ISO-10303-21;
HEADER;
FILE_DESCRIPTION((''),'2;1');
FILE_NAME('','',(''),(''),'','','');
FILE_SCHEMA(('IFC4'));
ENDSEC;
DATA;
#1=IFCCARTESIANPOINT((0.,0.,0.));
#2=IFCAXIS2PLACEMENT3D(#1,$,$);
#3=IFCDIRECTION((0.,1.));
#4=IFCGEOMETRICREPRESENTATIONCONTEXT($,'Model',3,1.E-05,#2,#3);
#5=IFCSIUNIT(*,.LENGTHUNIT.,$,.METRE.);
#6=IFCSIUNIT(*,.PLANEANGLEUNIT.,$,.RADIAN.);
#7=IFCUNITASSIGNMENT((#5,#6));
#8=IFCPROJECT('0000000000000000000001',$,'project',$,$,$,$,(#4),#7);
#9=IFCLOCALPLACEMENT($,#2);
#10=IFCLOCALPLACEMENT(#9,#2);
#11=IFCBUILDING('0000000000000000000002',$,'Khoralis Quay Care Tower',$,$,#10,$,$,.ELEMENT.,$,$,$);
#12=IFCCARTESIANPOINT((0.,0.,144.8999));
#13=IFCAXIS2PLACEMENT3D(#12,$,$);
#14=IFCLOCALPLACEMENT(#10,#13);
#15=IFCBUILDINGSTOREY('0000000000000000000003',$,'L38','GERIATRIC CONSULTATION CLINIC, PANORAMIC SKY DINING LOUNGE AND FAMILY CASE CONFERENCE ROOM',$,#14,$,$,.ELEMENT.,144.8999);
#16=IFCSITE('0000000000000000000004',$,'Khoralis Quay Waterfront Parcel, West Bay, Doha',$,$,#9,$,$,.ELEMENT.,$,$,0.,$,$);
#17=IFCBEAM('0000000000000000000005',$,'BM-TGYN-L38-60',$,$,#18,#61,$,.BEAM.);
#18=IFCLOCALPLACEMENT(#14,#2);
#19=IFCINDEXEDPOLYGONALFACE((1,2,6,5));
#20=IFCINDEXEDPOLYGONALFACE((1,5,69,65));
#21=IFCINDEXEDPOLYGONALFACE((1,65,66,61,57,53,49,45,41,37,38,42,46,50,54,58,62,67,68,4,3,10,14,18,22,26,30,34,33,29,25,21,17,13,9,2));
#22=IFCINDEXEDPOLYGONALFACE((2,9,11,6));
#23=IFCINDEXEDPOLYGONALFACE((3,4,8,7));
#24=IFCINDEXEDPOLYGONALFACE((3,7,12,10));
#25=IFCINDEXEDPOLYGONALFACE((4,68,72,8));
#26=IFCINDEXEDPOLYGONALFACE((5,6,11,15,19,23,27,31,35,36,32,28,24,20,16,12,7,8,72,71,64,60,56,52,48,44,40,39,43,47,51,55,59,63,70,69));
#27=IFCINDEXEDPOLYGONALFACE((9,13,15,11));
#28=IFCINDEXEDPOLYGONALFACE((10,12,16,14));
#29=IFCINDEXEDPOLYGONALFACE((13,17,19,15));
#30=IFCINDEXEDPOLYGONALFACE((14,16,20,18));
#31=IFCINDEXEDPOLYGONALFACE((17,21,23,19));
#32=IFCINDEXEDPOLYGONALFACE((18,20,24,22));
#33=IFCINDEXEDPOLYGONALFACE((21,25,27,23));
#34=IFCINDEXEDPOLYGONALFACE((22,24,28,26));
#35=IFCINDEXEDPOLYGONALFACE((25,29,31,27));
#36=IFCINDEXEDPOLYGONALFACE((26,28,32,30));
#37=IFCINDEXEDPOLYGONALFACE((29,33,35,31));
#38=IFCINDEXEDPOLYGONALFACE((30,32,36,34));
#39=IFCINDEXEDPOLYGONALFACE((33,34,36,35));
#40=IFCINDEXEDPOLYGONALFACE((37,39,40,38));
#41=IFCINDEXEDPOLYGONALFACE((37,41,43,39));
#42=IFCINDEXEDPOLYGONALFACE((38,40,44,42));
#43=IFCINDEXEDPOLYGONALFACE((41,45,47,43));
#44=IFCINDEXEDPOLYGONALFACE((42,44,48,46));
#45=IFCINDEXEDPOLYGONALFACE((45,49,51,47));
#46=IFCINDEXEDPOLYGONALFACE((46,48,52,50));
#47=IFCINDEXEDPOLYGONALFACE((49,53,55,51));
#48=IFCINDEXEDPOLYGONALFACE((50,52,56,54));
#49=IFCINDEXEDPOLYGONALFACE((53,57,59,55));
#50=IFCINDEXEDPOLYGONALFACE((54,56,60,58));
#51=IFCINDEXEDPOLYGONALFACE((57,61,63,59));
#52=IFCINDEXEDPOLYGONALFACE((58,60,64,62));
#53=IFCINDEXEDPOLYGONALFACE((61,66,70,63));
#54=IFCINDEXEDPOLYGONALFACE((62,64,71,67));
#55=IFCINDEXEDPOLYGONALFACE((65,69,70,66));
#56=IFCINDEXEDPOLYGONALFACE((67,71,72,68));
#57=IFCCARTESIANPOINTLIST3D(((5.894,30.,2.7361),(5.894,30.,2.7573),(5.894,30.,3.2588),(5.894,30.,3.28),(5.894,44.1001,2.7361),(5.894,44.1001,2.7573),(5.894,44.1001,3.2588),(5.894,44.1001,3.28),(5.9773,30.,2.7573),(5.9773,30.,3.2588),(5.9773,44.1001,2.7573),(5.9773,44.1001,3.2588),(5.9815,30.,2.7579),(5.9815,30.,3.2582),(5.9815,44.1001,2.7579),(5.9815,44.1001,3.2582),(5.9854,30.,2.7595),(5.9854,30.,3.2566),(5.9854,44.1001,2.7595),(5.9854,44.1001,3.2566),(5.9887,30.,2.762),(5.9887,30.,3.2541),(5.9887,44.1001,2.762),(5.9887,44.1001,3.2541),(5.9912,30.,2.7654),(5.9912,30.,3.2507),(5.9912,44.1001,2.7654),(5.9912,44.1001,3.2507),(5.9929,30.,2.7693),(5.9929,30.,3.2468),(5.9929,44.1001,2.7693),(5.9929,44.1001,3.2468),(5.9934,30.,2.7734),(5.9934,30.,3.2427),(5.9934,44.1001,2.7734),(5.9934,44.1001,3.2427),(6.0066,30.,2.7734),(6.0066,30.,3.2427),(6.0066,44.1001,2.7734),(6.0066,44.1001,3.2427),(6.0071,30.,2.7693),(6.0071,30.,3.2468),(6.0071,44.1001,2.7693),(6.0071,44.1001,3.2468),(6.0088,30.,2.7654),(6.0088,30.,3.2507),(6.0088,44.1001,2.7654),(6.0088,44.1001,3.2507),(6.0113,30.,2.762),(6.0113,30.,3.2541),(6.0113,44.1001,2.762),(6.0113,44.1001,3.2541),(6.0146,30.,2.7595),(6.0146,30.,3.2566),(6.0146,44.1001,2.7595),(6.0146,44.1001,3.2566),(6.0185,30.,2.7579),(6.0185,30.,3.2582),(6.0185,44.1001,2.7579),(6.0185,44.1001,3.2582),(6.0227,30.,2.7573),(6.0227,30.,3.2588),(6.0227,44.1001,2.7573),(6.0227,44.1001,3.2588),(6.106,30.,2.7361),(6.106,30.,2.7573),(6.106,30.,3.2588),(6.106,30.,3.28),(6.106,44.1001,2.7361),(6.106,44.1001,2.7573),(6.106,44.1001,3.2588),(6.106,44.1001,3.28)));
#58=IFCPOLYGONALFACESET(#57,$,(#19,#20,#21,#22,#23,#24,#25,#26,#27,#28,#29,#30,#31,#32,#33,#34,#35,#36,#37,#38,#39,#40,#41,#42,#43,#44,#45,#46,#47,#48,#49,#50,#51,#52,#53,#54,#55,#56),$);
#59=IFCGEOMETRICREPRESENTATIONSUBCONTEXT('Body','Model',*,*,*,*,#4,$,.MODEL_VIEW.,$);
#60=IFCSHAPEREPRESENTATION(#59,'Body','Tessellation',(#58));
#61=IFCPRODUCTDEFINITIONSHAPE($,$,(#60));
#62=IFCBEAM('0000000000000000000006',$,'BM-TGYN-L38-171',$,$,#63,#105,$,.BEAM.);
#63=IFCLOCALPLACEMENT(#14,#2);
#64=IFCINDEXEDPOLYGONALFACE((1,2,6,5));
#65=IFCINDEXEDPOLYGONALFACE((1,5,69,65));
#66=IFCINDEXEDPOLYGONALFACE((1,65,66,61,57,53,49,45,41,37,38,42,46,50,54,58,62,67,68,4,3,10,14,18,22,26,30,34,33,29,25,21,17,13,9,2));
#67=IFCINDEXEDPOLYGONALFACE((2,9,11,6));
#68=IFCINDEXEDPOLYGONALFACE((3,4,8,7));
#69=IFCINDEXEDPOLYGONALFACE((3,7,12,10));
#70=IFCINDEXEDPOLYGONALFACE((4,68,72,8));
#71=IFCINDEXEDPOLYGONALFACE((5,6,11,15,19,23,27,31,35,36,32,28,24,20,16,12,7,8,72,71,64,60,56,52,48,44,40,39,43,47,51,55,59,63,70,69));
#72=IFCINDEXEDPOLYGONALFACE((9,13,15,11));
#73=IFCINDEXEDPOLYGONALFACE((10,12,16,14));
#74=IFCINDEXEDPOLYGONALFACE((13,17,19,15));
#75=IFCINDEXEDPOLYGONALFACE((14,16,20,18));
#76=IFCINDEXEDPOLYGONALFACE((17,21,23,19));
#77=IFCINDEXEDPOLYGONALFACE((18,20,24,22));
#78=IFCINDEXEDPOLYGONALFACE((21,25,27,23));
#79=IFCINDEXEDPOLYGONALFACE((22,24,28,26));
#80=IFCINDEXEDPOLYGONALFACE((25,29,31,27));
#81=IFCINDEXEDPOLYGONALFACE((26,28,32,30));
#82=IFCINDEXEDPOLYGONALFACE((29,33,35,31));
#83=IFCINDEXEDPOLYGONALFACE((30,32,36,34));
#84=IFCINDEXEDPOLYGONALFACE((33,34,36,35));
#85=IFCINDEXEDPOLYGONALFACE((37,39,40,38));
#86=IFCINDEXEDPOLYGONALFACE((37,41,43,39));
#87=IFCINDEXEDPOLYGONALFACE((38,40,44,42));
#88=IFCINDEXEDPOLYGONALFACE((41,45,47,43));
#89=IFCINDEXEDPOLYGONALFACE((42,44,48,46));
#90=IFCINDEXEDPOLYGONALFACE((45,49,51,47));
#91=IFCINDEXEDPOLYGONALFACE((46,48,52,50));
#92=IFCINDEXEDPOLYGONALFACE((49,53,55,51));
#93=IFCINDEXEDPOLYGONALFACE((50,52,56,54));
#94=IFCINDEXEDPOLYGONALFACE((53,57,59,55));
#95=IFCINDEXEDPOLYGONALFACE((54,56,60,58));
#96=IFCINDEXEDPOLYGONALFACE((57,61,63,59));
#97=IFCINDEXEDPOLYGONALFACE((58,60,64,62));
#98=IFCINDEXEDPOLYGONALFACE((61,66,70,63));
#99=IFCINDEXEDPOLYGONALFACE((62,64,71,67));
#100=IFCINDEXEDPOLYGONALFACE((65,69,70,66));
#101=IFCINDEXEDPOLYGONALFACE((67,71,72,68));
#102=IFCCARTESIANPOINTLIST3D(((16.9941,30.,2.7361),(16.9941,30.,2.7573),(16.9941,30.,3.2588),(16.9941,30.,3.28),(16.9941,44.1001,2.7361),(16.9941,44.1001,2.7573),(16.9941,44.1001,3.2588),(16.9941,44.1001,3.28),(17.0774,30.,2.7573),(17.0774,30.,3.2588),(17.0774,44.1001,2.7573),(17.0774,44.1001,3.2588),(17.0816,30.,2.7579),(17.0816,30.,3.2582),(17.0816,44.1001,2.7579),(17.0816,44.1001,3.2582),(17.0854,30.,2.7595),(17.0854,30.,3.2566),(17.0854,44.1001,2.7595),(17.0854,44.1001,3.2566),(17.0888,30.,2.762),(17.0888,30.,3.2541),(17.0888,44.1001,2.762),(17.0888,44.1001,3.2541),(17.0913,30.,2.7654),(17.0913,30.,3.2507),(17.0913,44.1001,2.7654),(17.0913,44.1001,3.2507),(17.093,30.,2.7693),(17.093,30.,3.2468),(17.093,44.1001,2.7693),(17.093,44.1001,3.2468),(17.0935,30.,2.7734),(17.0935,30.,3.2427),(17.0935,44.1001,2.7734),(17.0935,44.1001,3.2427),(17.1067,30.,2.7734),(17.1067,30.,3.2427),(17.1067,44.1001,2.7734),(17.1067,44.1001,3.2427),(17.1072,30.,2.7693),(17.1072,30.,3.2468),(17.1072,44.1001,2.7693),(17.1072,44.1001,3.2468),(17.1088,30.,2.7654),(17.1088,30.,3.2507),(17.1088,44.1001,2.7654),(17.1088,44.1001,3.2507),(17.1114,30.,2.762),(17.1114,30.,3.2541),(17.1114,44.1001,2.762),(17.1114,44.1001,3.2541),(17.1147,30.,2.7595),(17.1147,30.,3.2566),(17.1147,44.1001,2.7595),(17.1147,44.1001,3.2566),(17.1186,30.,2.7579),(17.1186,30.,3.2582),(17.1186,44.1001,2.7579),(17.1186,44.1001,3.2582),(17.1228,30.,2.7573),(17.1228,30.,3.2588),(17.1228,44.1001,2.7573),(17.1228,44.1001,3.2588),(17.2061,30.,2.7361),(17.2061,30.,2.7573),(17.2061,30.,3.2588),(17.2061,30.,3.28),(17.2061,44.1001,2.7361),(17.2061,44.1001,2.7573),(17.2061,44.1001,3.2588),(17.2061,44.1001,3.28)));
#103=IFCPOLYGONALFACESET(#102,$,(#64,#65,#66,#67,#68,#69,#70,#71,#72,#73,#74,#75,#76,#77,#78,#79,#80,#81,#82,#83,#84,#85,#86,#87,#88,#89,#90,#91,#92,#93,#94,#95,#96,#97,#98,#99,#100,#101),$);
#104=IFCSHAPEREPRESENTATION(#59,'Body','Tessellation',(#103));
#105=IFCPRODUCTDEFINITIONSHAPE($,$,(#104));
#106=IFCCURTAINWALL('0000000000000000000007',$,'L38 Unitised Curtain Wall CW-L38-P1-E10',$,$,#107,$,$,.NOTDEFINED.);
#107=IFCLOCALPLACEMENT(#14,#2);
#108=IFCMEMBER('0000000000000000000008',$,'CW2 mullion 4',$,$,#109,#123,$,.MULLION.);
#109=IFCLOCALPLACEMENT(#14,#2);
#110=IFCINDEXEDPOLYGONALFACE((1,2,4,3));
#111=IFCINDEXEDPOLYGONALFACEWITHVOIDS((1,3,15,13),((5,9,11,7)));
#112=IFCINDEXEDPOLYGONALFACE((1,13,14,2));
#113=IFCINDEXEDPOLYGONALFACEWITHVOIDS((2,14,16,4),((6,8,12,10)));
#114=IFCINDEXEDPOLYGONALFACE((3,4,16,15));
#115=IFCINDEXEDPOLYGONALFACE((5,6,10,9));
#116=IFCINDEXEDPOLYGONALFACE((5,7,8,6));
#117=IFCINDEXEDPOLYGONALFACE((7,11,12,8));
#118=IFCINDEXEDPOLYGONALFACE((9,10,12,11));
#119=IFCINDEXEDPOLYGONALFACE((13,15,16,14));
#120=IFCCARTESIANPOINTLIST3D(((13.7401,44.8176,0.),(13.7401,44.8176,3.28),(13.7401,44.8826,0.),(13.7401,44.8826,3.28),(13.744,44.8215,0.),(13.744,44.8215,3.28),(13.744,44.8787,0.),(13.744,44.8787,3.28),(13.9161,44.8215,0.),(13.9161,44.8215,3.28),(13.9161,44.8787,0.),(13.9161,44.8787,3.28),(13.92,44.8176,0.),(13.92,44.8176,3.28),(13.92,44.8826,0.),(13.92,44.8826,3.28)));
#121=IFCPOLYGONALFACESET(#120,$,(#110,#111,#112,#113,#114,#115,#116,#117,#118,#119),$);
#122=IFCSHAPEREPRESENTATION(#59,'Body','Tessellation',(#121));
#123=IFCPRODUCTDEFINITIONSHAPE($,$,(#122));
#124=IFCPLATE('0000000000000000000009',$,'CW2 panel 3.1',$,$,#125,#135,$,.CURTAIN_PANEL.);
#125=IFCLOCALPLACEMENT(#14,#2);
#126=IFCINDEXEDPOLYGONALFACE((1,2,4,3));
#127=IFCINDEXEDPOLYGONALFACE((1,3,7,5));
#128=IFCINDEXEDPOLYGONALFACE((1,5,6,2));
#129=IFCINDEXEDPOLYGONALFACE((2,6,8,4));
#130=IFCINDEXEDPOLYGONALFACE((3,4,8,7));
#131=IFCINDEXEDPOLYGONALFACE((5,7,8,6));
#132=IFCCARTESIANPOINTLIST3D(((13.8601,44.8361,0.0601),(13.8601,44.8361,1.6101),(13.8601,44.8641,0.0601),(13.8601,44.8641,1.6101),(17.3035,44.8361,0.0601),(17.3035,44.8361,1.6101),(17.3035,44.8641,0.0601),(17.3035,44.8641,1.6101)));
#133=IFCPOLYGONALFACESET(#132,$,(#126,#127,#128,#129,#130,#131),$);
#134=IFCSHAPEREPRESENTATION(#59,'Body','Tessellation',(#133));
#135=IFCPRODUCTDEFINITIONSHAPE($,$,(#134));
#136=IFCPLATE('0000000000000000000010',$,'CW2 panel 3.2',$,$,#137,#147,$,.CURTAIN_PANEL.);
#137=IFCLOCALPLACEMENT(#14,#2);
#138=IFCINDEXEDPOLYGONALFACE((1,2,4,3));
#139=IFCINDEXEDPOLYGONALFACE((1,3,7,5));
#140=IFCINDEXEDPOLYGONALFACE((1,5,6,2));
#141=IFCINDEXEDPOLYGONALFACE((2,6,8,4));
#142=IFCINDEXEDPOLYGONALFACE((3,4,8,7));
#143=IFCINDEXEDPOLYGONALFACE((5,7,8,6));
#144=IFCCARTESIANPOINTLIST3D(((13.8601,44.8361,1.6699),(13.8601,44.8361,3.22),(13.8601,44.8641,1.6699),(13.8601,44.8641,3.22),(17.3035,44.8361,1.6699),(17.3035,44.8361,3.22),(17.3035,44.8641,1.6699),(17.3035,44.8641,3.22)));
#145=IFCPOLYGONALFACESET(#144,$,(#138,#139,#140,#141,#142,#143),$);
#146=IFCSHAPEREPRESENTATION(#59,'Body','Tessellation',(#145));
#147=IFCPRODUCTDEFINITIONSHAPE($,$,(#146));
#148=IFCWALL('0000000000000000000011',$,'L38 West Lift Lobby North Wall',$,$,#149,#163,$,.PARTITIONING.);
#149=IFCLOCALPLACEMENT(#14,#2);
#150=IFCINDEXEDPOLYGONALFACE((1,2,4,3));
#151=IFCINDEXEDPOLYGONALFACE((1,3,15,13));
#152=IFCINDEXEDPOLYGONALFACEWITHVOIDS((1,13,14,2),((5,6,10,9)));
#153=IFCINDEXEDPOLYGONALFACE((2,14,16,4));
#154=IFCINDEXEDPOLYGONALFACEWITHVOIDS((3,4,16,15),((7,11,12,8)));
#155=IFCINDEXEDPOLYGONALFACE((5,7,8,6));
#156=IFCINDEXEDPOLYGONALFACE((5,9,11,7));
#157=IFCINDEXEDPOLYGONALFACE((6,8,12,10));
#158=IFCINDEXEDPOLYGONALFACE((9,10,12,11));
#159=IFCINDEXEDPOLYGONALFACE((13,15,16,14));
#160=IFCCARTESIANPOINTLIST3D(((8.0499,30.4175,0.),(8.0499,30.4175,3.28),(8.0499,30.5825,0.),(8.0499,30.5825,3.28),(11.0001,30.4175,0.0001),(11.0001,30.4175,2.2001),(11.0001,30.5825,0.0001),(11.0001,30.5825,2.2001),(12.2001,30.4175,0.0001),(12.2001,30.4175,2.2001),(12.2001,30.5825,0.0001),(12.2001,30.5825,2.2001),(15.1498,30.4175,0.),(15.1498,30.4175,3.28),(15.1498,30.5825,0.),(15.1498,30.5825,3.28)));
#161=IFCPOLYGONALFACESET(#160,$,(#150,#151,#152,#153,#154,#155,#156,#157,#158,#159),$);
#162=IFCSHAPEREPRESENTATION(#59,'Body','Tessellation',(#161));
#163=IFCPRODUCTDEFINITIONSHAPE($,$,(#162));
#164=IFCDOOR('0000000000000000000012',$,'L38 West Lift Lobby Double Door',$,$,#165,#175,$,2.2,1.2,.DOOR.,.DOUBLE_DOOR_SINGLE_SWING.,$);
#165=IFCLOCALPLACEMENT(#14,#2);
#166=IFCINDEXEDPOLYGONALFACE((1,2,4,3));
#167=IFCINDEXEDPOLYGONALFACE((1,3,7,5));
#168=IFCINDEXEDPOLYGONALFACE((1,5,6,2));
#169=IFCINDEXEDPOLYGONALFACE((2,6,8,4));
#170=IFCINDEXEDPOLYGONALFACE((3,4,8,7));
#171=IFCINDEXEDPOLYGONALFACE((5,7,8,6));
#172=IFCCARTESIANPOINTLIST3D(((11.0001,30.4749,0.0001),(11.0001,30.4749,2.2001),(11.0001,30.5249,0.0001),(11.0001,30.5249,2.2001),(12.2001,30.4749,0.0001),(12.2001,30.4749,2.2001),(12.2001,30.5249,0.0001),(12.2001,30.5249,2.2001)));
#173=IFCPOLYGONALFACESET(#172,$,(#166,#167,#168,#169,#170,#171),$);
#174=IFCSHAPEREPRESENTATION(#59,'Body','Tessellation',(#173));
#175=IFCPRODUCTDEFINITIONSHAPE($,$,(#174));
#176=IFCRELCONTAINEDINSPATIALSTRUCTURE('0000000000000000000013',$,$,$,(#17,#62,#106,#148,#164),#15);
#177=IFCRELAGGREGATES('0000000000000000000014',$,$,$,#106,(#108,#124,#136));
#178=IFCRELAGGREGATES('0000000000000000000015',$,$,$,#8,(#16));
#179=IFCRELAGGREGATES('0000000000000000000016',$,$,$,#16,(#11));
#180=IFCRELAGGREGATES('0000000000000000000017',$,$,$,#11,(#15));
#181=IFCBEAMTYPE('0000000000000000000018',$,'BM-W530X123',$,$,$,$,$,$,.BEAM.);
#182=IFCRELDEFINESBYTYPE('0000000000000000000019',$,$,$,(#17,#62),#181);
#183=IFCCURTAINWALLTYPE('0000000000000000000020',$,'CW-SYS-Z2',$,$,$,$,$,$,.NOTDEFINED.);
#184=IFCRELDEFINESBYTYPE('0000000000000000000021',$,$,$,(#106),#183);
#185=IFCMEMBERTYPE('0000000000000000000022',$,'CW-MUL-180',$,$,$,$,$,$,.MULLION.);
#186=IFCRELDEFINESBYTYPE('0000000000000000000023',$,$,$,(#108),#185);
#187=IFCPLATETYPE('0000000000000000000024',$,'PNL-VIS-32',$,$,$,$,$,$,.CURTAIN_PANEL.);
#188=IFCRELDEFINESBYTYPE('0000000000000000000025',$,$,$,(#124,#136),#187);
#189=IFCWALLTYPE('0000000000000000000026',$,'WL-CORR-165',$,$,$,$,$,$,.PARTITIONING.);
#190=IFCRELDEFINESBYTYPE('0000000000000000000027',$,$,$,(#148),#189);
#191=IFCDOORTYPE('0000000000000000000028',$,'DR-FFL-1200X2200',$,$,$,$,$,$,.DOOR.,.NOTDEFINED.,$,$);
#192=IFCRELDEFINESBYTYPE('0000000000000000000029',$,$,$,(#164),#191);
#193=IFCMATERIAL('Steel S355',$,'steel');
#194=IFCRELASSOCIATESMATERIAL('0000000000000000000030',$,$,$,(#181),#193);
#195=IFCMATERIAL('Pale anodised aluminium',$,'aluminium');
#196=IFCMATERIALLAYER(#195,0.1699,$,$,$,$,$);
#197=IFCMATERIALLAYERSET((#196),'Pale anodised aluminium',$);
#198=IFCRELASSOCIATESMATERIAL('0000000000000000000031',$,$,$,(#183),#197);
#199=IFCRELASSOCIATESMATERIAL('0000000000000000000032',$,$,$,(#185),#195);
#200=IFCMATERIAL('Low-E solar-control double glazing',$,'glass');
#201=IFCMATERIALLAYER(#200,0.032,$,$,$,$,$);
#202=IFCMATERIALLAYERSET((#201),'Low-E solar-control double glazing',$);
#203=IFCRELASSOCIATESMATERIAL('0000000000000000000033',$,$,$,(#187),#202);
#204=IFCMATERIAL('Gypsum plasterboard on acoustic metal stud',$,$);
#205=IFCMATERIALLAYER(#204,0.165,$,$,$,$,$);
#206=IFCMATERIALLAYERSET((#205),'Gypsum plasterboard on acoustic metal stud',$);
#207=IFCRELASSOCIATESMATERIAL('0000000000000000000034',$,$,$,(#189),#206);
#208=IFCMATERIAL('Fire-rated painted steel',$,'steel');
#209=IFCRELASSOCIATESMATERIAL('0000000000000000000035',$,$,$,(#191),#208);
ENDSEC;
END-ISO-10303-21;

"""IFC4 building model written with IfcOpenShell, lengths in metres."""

from ifc_helpers import new_model, si_unit, direction, frame, frame_2d, origin, origin_2d, place, context, subcontext, project, spatial, rectangle, hollow_rectangle, i_section, extrude, source, transform, mapped, material, layer, layer_set, material_profile, profile_set, type_object, element, fill, aggregate, save


model = new_model("IFC4")

# Units and contexts
model_context = context("Model", 3, precision=1e-05, world=origin(), true_north=direction((0.0, 1.0)))
body_context = subcontext(model_context, "Body", "Model", "MODEL_VIEW")
ifc_project = project(units=[si_unit("LENGTHUNIT", "METRE"), si_unit("PLANEANGLEUNIT", "RADIAN")], contexts=[model_context])

# Site, building, storey
site_placement = place(None, origin())
site = spatial("IfcSite", under=ifc_project, at=site_placement, Name="Khoralis Quay Waterfront Parcel, West Bay, Doha", CompositionType="ELEMENT", RefElevation=0.0)
building_placement = place(site_placement, origin())
building = spatial("IfcBuilding", under=site, at=building_placement, Name="Khoralis Quay Care Tower", CompositionType="ELEMENT")
storey_placement = place(building_placement, frame((0.0, 0.0, 144.8999)))
storey = spatial("IfcBuildingStorey", under=building, at=storey_placement, Name="L38", Description="GERIATRIC CONSULTATION CLINIC, PANORAMIC SKY DINING LOUNGE AND FAMILY CASE CONFERENCE ROOM", CompositionType="ELEMENT", Elevation=144.8999)

# Beams
ifc_material_1 = material(Name="Steel S355", Category="steel")
ifc_material_profile_1 = material_profile(ifc_material_1, i_section(OverallWidth=0.2119, OverallDepth=0.5439, WebThickness=0.0132, FlangeThickness=0.0212, FilletRadius=0.0161, at=origin_2d()), Name="Steel S355")
ifc_profile_set_1 = profile_set([ifc_material_profile_1], Name="Steel S355")
beam_type_1 = type_object("IfcBeamType", Name="BM-W530X123", PredefinedType="BEAM", material=ifc_profile_set_1)
shared_shape_1 = source(origin(), body_context, "Body", "SweptSolid", [
    extrude(i_section(OverallWidth=0.2119, OverallDepth=0.5439, WebThickness=0.0132, FlangeThickness=0.0212, FilletRadius=0.0161, at=origin_2d()), origin(), (0.0, 0.0, 1.0), 14.1001),
])
for number, where, z_axis, x_axis, name in (
    (1, (6.0, 30.0, 3.0081), (0.0, 1.0, 0.0), (-1.0, 0.0, 0.0), "BM-TGYN-L38-60"),
    (2, (17.1001, 30.0, 3.0081), (0.0, 1.0, 0.0), (-1.0, 0.0, 0.0), "BM-TGYN-L38-171"),
):
    element("IfcBeam", number, at=place(storey_placement, frame(where, z_axis=z_axis, x_axis=x_axis)), inside=storey, type_object=beam_type_1, Name=name, PredefinedType="BEAM", context=body_context, shape_type="MappedRepresentation", body=[
        mapped(shared_shape_1, transform((0.0, 0.0, 0.0), scale=1.0)),
    ])

# Curtain wall, member, plates
ifc_material_2 = material(Name="Pale anodised aluminium", Category="aluminium")
ifc_layer_1 = layer(ifc_material_2, 0.1699)
ifc_layer_set_1 = layer_set([ifc_layer_1], Name="Pale anodised aluminium")
curtain_wall_type = type_object("IfcCurtainWallType", Name="CW-SYS-Z2", PredefinedType="NOTDEFINED", material=ifc_layer_set_1)
curtain_wall_placement = place(storey_placement, origin())
curtain_wall = element("IfcCurtainWall", 3, at=curtain_wall_placement, inside=storey, type_object=curtain_wall_type, Name="L38 Unitised Curtain Wall CW-L38-P1-E10", PredefinedType="NOTDEFINED")
ifc_material_profile_2 = material_profile(ifc_material_2, hollow_rectangle(XDim=0.0649, YDim=0.1799, WallThickness=0.0039, at=origin_2d()), Name="Pale anodised aluminium")
ifc_profile_set_2 = profile_set([ifc_material_profile_2], Name="Pale anodised aluminium")
member_type = type_object("IfcMemberType", Name="CW-MUL-180", PredefinedType="MULLION", material=ifc_profile_set_2)
shared_shape_2 = source(origin(), body_context, "Body", "SweptSolid", [
    extrude(hollow_rectangle(XDim=0.0649, YDim=0.1799, WallThickness=0.0039, at=origin_2d()), origin(), (0.0, 0.0, 1.0), 3.28),
])
member_placement = place(storey_placement, frame((13.8301, 44.8501, 0.0), z_axis=(0.0, 0.0, 1.0), x_axis=(0.0, -1.0, 0.0)))
member = element("IfcMember", 4, at=member_placement, type_object=member_type, Name="CW2 mullion 4", PredefinedType="MULLION", context=body_context, shape_type="MappedRepresentation", body=[
    mapped(shared_shape_2, transform((0.0, 0.0, 0.0), scale=1.0)),
])
ifc_material_3 = material(Name="Low-E solar-control double glazing", Category="glass")
ifc_layer_2 = layer(ifc_material_3, 0.032)
ifc_layer_set_2 = layer_set([ifc_layer_2], Name="Low-E solar-control double glazing")
plate_type = type_object("IfcPlateType", Name="PNL-VIS-32", PredefinedType="CURTAIN_PANEL", material=ifc_layer_set_2)
shared_shape_3 = source(origin(), body_context, "Body", "SweptSolid", [
    extrude(rectangle(XDim=3.4434, YDim=0.0281, at=origin_2d()), origin(), (0.0, 0.0, 1.0), 1.55),
])
plate_1_placement = place(storey_placement, frame((15.5818, 44.8501, 0.0601), z_axis=(0.0, 0.0, 1.0), x_axis=(-1.0, 0.0, 0.0)))
plate_1 = element("IfcPlate", 5, at=plate_1_placement, type_object=plate_type, Name="CW2 panel 3.1", PredefinedType="CURTAIN_PANEL", context=body_context, shape_type="MappedRepresentation", body=[
    mapped(shared_shape_3, transform((0.0, 0.0, 0.0), scale=1.0)),
])
plate_2_placement = place(storey_placement, frame((15.5818, 44.8501, 1.6699), z_axis=(0.0, 0.0, 1.0), x_axis=(-1.0, 0.0, 0.0)))
plate_2 = element("IfcPlate", 6, at=plate_2_placement, type_object=plate_type, Name="CW2 panel 3.2", PredefinedType="CURTAIN_PANEL", context=body_context, shape_type="MappedRepresentation", body=[
    mapped(shared_shape_3, transform((0.0, 0.0, 0.0), scale=1.0)),
])
aggregate(curtain_wall, [member, plate_1, plate_2])

# Wall, opening, door
ifc_material_4 = material(Name="Gypsum plasterboard on acoustic metal stud")
ifc_layer_3 = layer(ifc_material_4, 0.165)
ifc_layer_set_3 = layer_set([ifc_layer_3], Name="Gypsum plasterboard on acoustic metal stud")
wall_type_1 = type_object("IfcWallType", Name="WL-CORR-165", PredefinedType="PARTITIONING", material=ifc_layer_set_3)
wall_1_placement = place(storey_placement, frame((8.05, 30.5, 0.0), z_axis=(0.0, 0.0, 1.0), x_axis=(1.0, 0.0, 0.0)))
wall_1 = element("IfcWall", 7, at=wall_1_placement, inside=storey, type_object=wall_type_1, Name="L38 West Lift Lobby North Wall", PredefinedType="PARTITIONING", context=body_context, shape_type="SweptSolid", body=[
    extrude(rectangle(XDim=7.0999, YDim=0.165, at=frame_2d((3.5498, 0.0))), origin(), (0.0, 0.0, 1.0), 3.28),
])
opening_1_placement = place(wall_1_placement, frame((2.95, 0.0, 0.0)))
opening_1 = element("IfcOpeningElement", 8, at=opening_1_placement, cuts=wall_1, PredefinedType="OPENING", context=body_context, shape_type="SweptSolid", body=[
    extrude(rectangle(XDim=1.2, YDim=2.2, at=frame_2d((0.6001, 1.1001))), frame((0.0, 0.0925, 0.0), z_axis=(0.0, -1.0, 0.0), x_axis=(1.0, 0.0, 0.0)), (0.0, 0.0, 1.0), 0.1851),
])
ifc_material_5 = material(Name="Fire-rated painted steel", Category="steel")
door_type = type_object("IfcDoorType", Name="DR-FFL-1200X2200", OperationType="NOTDEFINED", PredefinedType="DOOR", material=ifc_material_5)
shared_shape_4 = source(origin(), body_context, "Body", "SweptSolid", [
    extrude(rectangle(XDim=1.2, YDim=2.2, at=frame_2d((0.6001, 1.1001))), frame((0.0, 0.0249, 0.0), z_axis=(0.0, -1.0, 0.0), x_axis=(1.0, 0.0, 0.0)), (0.0, 0.0, 1.0), 0.05),
])
door_placement = place(opening_1_placement, origin())
door = element("IfcDoor", 9, at=door_placement, inside=storey, type_object=door_type, Name="L38 West Lift Lobby Double Door", OperationType="DOUBLE_DOOR_SINGLE_SWING", OverallHeight=2.2, OverallWidth=1.2, PredefinedType="DOOR", context=body_context, shape_type="MappedRepresentation", body=[
    mapped(shared_shape_4, transform((0.0, 0.0, 0.0), scale=1.0)),
])
fill(opening_1, door)

save(model, "model.ifc")
